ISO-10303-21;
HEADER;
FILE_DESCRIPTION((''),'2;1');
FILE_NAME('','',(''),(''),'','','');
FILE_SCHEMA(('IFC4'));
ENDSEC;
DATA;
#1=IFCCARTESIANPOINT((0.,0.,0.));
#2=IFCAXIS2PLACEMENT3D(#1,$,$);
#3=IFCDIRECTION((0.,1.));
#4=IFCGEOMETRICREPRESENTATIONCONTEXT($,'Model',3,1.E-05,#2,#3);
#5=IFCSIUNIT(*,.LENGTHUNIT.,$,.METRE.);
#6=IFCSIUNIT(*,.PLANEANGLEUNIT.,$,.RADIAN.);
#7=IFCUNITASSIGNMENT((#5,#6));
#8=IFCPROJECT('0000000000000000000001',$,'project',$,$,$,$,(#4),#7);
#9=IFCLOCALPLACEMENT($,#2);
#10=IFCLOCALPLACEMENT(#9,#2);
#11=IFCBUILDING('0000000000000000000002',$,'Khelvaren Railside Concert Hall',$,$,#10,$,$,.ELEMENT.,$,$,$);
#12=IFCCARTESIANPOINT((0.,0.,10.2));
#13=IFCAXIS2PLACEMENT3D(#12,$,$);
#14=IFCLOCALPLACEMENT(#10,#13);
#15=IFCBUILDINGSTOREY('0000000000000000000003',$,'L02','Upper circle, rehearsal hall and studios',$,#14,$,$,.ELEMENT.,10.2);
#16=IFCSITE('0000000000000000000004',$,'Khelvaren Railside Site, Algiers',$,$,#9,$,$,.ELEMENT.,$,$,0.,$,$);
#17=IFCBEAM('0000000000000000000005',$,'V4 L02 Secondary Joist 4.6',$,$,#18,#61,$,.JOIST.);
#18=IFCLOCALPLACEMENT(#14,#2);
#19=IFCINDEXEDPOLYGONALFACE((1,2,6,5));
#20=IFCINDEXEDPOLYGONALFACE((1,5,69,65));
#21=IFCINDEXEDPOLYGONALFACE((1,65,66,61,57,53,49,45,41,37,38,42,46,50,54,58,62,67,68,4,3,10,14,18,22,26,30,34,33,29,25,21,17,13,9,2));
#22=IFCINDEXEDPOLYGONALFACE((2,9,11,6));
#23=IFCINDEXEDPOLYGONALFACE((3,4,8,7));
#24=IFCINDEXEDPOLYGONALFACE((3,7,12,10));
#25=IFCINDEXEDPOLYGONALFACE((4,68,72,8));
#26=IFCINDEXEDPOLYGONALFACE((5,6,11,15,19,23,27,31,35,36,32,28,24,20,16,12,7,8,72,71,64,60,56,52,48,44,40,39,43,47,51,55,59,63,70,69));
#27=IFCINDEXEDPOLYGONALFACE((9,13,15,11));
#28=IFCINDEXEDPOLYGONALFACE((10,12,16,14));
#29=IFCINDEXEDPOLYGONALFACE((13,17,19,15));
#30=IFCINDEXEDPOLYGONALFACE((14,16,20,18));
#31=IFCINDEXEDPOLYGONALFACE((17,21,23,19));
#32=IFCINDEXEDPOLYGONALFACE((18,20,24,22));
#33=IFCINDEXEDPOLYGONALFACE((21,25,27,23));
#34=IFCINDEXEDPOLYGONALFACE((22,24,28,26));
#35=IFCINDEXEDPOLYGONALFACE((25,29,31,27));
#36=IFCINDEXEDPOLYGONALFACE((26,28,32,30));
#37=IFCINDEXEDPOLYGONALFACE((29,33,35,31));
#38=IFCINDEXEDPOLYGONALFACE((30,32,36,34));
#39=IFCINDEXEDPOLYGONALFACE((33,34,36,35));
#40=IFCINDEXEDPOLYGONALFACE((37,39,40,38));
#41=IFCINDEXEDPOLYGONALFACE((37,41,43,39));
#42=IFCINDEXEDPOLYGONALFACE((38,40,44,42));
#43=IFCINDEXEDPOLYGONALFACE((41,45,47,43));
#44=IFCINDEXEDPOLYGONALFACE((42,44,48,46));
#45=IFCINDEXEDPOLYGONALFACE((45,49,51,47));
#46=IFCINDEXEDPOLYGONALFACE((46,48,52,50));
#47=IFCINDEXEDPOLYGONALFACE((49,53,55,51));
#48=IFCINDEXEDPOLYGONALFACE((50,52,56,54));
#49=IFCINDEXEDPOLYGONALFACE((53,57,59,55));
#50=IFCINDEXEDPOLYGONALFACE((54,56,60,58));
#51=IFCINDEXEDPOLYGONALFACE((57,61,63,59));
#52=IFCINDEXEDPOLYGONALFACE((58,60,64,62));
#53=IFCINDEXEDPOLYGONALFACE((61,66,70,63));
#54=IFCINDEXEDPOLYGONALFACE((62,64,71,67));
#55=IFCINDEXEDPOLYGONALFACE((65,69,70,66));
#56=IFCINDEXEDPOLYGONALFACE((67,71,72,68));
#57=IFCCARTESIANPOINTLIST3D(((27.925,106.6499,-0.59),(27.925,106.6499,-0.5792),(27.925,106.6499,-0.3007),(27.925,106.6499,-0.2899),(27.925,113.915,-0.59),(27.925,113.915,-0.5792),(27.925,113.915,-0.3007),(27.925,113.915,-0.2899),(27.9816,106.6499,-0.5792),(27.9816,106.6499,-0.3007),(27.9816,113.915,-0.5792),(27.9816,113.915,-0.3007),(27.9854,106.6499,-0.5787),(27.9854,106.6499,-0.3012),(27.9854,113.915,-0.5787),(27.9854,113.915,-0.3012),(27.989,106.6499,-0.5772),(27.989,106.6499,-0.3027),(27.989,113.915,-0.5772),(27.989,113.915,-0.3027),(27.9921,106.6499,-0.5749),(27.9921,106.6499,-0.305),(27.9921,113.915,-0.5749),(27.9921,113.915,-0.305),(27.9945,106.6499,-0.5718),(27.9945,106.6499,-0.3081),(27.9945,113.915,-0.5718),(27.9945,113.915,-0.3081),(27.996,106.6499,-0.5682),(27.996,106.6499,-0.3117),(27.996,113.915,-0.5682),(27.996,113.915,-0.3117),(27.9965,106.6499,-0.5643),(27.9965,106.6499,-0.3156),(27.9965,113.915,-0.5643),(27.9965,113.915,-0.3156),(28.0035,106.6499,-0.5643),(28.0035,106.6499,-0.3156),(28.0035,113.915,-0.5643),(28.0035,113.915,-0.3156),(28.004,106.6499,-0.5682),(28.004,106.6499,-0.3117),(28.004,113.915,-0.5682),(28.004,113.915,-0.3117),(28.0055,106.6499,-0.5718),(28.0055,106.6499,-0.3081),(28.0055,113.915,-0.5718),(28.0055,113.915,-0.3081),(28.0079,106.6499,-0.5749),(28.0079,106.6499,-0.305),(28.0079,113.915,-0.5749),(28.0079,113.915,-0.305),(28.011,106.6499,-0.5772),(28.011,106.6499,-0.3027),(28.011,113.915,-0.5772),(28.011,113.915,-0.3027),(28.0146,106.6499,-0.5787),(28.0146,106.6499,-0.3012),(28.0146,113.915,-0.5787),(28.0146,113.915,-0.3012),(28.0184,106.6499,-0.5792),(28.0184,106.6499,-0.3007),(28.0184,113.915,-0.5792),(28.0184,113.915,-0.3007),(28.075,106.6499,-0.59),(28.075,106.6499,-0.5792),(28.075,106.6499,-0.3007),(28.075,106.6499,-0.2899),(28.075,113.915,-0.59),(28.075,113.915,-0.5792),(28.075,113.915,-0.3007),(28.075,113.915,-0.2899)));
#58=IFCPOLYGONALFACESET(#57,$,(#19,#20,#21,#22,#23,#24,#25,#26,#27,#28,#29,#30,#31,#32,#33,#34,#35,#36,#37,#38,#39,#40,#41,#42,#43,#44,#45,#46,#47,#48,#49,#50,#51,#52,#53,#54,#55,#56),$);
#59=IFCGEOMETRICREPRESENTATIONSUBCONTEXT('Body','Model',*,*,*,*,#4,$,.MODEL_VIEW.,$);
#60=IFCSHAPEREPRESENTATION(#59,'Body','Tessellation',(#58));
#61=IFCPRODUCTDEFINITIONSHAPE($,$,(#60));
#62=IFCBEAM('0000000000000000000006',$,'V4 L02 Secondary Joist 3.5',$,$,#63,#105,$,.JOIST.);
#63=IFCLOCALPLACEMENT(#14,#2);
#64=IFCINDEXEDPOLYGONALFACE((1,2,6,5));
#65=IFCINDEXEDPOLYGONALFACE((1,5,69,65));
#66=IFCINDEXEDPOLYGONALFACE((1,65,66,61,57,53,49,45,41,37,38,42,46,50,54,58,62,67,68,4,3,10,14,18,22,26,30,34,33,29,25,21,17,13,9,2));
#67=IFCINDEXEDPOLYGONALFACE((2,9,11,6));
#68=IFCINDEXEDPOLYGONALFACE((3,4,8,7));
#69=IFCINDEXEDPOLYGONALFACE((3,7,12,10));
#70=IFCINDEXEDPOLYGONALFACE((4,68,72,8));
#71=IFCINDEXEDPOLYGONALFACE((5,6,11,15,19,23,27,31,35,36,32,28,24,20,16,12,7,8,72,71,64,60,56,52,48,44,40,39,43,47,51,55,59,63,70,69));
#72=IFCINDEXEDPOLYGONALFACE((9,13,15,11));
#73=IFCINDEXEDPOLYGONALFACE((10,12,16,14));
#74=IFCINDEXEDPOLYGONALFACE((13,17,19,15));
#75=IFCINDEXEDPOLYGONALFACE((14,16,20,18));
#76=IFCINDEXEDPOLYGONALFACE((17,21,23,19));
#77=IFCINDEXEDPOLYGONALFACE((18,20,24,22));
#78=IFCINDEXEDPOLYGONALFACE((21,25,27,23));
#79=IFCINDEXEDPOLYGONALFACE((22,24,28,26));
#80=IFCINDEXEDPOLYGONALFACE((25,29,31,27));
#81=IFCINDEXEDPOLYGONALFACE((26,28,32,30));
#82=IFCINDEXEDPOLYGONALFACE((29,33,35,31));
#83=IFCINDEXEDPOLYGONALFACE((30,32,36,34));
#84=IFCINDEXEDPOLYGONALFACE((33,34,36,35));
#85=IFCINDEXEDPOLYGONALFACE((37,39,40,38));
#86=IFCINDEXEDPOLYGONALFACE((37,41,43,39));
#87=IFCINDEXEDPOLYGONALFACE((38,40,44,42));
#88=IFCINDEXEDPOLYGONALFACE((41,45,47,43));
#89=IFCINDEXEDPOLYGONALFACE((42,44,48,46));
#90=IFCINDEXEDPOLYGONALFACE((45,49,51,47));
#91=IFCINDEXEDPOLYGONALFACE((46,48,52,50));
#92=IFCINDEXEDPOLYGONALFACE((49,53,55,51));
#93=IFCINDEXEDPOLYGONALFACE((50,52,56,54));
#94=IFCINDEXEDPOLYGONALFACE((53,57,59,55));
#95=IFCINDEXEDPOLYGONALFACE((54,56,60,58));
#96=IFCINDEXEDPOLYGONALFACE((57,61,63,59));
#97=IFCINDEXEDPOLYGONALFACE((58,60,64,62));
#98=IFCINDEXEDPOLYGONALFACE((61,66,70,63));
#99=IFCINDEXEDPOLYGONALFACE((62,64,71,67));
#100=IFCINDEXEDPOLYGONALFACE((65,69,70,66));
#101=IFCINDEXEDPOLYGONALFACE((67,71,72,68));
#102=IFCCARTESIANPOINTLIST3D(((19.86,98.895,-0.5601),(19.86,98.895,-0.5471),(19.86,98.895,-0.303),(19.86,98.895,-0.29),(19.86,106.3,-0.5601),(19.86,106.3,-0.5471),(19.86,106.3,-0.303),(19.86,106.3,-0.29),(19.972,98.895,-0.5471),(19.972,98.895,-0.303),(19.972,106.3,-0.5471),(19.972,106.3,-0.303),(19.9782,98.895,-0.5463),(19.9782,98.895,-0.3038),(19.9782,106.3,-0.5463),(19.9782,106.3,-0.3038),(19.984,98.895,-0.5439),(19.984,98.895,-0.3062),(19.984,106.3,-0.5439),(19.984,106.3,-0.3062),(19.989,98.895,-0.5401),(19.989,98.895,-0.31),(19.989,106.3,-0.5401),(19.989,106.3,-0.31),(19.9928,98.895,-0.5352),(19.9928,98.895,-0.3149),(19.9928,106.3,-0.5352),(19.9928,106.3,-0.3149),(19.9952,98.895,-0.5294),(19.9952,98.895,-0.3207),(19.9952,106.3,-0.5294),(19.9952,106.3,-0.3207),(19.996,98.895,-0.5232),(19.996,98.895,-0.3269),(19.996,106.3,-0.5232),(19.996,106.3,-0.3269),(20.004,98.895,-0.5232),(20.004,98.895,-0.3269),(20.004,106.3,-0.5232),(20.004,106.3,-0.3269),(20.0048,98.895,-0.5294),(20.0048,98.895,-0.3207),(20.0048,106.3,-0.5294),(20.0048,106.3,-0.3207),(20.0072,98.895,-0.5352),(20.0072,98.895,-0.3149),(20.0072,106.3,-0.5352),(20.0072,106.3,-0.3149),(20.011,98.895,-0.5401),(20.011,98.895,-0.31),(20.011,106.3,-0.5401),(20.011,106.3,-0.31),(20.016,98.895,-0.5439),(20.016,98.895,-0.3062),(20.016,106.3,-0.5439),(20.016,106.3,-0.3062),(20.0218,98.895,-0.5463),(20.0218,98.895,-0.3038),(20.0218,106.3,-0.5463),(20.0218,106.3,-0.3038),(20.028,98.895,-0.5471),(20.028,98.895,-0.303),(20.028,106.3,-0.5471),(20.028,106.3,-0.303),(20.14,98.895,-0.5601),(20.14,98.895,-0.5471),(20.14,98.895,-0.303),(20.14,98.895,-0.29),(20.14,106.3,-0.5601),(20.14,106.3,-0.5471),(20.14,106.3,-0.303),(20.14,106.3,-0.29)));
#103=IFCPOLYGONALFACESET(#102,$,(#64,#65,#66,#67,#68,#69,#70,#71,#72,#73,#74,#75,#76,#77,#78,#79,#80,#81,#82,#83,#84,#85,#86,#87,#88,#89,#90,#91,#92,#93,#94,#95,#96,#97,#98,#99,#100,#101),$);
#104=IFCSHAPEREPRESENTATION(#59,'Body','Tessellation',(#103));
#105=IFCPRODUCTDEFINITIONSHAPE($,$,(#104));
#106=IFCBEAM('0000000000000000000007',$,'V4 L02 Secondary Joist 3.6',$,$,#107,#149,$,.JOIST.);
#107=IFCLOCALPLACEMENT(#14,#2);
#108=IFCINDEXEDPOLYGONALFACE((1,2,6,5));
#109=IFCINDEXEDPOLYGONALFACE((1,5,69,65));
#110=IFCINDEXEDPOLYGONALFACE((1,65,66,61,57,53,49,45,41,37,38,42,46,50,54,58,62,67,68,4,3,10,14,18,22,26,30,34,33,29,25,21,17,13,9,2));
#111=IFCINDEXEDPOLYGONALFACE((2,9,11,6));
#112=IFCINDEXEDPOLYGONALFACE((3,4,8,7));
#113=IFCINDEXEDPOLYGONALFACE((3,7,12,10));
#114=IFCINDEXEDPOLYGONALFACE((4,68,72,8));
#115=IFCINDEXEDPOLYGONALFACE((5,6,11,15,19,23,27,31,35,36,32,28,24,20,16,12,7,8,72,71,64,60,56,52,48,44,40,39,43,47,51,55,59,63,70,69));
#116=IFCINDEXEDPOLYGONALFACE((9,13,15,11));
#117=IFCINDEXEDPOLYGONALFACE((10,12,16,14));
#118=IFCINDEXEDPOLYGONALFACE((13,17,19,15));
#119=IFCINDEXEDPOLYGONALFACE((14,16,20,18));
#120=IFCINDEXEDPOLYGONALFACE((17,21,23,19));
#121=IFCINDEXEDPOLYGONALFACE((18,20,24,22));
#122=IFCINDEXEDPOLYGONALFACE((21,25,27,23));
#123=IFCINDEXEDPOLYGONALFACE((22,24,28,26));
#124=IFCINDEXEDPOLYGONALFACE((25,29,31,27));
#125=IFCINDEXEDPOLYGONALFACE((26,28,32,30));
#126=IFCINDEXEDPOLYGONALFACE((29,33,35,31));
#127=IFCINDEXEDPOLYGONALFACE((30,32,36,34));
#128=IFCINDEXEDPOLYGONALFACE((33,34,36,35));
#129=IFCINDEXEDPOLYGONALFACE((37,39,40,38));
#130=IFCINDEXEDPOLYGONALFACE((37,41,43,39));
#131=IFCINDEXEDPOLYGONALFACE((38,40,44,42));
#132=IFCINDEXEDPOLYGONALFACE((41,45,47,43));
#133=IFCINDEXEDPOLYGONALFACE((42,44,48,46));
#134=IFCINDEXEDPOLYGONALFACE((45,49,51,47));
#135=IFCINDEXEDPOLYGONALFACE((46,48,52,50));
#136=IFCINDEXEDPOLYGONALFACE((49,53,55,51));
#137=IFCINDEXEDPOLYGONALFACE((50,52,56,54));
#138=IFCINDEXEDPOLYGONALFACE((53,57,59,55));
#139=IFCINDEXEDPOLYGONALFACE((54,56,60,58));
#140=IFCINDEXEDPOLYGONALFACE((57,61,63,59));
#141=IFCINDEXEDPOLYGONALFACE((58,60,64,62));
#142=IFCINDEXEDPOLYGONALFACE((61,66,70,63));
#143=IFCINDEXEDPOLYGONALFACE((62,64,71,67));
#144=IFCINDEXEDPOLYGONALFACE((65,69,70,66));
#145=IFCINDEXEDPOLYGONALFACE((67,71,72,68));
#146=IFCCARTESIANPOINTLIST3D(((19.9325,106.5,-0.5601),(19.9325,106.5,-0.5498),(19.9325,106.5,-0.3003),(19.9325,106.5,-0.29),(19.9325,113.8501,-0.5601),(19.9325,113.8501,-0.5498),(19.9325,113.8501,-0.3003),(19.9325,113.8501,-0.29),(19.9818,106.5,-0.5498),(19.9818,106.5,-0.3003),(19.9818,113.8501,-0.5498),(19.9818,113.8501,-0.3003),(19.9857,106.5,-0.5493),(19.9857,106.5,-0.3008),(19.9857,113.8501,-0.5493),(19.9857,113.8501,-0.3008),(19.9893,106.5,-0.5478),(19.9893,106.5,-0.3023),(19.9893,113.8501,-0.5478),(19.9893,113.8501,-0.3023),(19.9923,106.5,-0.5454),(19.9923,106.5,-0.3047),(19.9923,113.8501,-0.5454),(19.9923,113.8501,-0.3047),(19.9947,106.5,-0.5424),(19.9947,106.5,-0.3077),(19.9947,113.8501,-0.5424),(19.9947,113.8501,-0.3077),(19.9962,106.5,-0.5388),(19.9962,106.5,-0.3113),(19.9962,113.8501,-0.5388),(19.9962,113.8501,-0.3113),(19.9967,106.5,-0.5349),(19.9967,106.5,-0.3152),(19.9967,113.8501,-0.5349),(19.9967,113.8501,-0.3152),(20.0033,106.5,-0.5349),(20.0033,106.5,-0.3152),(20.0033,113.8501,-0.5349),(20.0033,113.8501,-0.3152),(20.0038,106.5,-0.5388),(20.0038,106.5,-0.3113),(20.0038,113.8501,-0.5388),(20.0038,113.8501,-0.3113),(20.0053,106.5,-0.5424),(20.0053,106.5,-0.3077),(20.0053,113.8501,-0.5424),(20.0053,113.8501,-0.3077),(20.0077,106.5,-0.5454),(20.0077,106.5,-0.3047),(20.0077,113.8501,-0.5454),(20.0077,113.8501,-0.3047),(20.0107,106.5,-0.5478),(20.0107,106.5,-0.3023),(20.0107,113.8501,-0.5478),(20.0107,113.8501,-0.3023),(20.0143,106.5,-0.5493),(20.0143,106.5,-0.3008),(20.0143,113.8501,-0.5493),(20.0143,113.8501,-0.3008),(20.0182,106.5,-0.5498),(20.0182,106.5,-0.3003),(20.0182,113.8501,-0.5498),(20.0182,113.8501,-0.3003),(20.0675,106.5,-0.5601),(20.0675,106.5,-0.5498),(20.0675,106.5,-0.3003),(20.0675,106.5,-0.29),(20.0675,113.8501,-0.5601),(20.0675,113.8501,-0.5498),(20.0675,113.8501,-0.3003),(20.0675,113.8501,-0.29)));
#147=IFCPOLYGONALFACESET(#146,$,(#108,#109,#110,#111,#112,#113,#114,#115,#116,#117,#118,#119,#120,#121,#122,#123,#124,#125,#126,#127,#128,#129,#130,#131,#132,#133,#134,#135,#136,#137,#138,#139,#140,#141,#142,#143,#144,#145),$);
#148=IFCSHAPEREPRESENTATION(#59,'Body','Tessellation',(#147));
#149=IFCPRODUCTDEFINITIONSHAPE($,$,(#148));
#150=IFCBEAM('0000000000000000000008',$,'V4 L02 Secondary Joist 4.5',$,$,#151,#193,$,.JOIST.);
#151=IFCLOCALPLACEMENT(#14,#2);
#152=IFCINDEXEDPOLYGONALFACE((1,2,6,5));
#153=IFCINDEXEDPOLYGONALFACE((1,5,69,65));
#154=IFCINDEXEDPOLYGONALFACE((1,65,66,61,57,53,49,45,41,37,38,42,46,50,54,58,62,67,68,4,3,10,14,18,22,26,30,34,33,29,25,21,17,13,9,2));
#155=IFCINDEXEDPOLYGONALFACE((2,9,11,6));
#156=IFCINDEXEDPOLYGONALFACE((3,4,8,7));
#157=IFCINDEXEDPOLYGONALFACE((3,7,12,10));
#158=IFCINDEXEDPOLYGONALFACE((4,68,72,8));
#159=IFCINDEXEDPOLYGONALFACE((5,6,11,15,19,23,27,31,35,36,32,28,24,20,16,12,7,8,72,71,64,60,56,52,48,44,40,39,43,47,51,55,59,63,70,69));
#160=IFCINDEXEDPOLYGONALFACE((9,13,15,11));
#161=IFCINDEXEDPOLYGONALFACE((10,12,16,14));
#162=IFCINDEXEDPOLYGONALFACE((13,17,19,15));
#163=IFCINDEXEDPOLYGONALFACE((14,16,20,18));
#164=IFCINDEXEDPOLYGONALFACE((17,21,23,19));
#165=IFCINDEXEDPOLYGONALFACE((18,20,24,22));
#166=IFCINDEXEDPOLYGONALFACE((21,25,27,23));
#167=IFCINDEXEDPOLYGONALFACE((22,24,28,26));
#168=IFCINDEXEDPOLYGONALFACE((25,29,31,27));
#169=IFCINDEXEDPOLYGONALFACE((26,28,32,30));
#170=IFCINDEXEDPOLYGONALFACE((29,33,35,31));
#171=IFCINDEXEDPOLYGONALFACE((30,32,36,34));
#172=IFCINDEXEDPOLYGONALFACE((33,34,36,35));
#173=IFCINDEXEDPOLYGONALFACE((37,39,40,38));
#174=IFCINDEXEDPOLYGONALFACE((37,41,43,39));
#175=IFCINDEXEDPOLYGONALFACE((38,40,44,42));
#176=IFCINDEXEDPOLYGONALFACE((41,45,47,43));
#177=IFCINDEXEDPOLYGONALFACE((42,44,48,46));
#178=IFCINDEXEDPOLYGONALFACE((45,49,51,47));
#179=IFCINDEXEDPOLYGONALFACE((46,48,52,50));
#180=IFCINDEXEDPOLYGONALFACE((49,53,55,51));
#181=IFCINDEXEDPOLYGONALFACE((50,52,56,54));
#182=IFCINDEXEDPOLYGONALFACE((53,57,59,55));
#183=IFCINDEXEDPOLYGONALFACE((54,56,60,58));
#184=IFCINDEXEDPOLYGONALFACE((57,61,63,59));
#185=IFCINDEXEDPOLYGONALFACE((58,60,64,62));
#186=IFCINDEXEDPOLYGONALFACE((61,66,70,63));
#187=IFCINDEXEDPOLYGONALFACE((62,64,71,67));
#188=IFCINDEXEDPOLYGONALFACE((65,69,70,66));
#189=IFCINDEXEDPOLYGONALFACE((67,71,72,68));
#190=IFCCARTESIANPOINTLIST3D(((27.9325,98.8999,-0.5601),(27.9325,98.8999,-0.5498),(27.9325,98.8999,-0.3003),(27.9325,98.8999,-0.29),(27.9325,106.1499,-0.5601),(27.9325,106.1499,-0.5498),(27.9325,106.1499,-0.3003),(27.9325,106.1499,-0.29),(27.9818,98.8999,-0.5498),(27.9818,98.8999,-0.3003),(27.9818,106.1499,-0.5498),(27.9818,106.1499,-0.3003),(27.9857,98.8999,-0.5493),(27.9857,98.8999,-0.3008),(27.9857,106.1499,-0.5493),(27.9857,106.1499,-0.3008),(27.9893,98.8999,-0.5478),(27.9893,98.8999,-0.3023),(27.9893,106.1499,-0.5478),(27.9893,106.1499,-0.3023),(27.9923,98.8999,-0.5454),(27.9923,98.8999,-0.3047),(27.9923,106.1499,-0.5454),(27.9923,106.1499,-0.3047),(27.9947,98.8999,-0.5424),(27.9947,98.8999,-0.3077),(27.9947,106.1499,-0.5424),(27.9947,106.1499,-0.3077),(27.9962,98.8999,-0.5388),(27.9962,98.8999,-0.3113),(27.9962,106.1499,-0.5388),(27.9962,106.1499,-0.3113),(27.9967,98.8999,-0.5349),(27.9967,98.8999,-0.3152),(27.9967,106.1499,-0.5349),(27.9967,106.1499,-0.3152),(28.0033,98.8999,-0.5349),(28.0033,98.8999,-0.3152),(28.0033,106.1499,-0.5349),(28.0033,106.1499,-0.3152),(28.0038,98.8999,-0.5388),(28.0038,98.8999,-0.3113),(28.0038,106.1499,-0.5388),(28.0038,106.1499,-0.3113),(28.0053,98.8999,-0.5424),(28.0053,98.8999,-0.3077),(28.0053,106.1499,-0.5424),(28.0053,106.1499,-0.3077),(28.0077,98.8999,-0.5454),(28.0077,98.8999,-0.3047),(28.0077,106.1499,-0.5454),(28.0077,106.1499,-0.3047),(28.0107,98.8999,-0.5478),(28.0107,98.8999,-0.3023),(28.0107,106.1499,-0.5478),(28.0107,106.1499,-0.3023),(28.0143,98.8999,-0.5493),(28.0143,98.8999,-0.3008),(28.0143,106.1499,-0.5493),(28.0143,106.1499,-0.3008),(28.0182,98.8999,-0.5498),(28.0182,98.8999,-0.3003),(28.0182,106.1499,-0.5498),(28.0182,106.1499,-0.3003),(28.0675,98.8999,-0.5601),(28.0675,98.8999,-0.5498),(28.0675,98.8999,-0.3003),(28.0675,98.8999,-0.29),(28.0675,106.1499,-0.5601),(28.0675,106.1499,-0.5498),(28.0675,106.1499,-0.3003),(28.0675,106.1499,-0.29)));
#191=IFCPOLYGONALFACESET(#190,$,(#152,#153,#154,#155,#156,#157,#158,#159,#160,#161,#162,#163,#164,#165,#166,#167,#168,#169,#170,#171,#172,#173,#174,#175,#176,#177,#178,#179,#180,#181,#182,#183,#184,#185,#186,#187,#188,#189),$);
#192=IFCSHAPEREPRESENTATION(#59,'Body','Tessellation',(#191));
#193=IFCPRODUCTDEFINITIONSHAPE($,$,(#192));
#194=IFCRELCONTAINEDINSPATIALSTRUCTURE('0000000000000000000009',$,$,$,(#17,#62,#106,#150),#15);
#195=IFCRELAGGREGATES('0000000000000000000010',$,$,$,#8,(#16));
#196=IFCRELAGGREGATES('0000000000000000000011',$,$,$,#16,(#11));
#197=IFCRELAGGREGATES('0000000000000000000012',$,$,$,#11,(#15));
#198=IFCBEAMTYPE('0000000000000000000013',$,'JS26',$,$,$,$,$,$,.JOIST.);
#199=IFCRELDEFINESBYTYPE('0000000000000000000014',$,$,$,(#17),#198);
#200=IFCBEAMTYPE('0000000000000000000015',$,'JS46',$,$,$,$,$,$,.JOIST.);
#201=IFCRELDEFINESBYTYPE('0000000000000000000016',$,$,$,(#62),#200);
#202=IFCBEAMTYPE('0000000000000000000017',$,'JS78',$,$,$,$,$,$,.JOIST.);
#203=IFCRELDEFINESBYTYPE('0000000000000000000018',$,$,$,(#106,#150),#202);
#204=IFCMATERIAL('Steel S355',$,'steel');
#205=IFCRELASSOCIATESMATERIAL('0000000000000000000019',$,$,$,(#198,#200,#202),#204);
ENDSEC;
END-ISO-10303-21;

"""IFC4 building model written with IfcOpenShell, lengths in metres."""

from ifc_helpers import new_model, si_unit, direction, frame, origin, origin_2d, place, context, subcontext, project, spatial, i_section, extrude, material, material_profile, profile_set, type_object, element, save


model = new_model("IFC4")

# Units and contexts
model_context = context("Model", 3, precision=1e-05, world=origin(), true_north=direction((0.0, 1.0)))
body_context = subcontext(model_context, "Body", "Model", "MODEL_VIEW")
ifc_project = project(units=[si_unit("LENGTHUNIT", "METRE"), si_unit("PLANEANGLEUNIT", "RADIAN")], contexts=[model_context])

# Site, building, storey
site_placement = place(None, origin())
site = spatial("IfcSite", under=ifc_project, at=site_placement, Name="Khelvaren Railside Site, Algiers", CompositionType="ELEMENT", RefElevation=0.0)
building_placement = place(site_placement, origin())
building = spatial("IfcBuilding", under=site, at=building_placement, Name="Khelvaren Railside Concert Hall", CompositionType="ELEMENT")
storey_placement = place(building_placement, frame((0.0, 0.0, 10.2)))
storey = spatial("IfcBuildingStorey", under=building, at=storey_placement, Name="L02", Description="Upper circle, rehearsal hall and studios", CompositionType="ELEMENT", Elevation=10.2)

# Beams
ifc_material_1 = material(Name="Steel S355", Category="steel")
ifc_material_profile_1 = material_profile(ifc_material_1, i_section(OverallWidth=0.1499, OverallDepth=0.3, WebThickness=0.0071, FlangeThickness=0.0107, FilletRadius=0.0149, at=origin_2d()), Name="IPE 300")
ifc_profile_set_1 = profile_set([ifc_material_profile_1], Name="Steel S355")
beam_type_1 = type_object("IfcBeamType", Name="JS26", PredefinedType="JOIST", material=ifc_profile_set_1)
beam_1_placement = place(storey_placement, frame((28.0, 106.6499, -0.4399), z_axis=(0.0, 1.0, 0.0), x_axis=(-1.0, 0.0, 0.0)))
element("IfcBeam", 1, at=beam_1_placement, inside=storey, type_object=beam_type_1, Name="V4 L02 Secondary Joist 4.6", PredefinedType="JOIST", context=body_context, shape_type="SweptSolid", body=[
    extrude(i_section(OverallWidth=0.1499, OverallDepth=0.3, WebThickness=0.0071, FlangeThickness=0.0107, FilletRadius=0.0149, at=origin_2d()), origin(), (0.0, 0.0, 1.0), 7.2651),
])
ifc_material_profile_2 = material_profile(ifc_material_1, i_section(OverallWidth=0.28, OverallDepth=0.27, WebThickness=0.0081, FlangeThickness=0.0129, FilletRadius=0.0239, at=origin_2d()), Name="HEA 280")
ifc_profile_set_2 = profile_set([ifc_material_profile_2], Name="Steel S355")
beam_type_2 = type_object("IfcBeamType", Name="JS46", PredefinedType="JOIST", material=ifc_profile_set_2)
beam_2_placement = place(storey_placement, frame((20.0, 98.895, -0.425), z_axis=(0.0, 1.0, 0.0), x_axis=(-1.0, 0.0, 0.0)))
element("IfcBeam", 2, at=beam_2_placement, inside=storey, type_object=beam_type_2, Name="V4 L02 Secondary Joist 3.5", PredefinedType="JOIST", context=body_context, shape_type="SweptSolid", body=[
    extrude(i_section(OverallWidth=0.28, OverallDepth=0.27, WebThickness=0.0081, FlangeThickness=0.0129, FilletRadius=0.0239, at=origin_2d()), origin(), (0.0, 0.0, 1.0), 7.405),
])
ifc_material_profile_3 = material_profile(ifc_material_1, i_section(OverallWidth=0.135, OverallDepth=0.27, WebThickness=0.0066, FlangeThickness=0.0103, FilletRadius=0.0149, at=origin_2d()), Name="IPE 270")
ifc_profile_set_3 = profile_set([ifc_material_profile_3], Name="Steel S355")
beam_type_3 = type_object("IfcBeamType", Name="JS78", PredefinedType="JOIST", material=ifc_profile_set_3)
beam_3_placement = place(storey_placement, frame((20.0, 106.5, -0.425), z_axis=(0.0, 1.0, 0.0), x_axis=(-1.0, 0.0, 0.0)))
element("IfcBeam", 3, at=beam_3_placement, inside=storey, type_object=beam_type_3, Name="V4 L02 Secondary Joist 3.6", PredefinedType="JOIST", context=body_context, shape_type="SweptSolid", body=[
    extrude(i_section(OverallWidth=0.135, OverallDepth=0.27, WebThickness=0.0066, FlangeThickness=0.0103, FilletRadius=0.0149, at=origin_2d()), origin(), (0.0, 0.0, 1.0), 7.3501),
])
beam_4_placement = place(storey_placement, frame((28.0, 98.8999, -0.425), z_axis=(0.0, 1.0, 0.0), x_axis=(-1.0, 0.0, 0.0)))
element("IfcBeam", 4, at=beam_4_placement, inside=storey, type_object=beam_type_3, Name="V4 L02 Secondary Joist 4.5", PredefinedType="JOIST", context=body_context, shape_type="SweptSolid", body=[
    extrude(i_section(OverallWidth=0.135, OverallDepth=0.27, WebThickness=0.0066, FlangeThickness=0.0103, FilletRadius=0.0149, at=origin_2d()), origin(), (0.0, 0.0, 1.0), 7.25),
])

save(model, "model.ifc")
